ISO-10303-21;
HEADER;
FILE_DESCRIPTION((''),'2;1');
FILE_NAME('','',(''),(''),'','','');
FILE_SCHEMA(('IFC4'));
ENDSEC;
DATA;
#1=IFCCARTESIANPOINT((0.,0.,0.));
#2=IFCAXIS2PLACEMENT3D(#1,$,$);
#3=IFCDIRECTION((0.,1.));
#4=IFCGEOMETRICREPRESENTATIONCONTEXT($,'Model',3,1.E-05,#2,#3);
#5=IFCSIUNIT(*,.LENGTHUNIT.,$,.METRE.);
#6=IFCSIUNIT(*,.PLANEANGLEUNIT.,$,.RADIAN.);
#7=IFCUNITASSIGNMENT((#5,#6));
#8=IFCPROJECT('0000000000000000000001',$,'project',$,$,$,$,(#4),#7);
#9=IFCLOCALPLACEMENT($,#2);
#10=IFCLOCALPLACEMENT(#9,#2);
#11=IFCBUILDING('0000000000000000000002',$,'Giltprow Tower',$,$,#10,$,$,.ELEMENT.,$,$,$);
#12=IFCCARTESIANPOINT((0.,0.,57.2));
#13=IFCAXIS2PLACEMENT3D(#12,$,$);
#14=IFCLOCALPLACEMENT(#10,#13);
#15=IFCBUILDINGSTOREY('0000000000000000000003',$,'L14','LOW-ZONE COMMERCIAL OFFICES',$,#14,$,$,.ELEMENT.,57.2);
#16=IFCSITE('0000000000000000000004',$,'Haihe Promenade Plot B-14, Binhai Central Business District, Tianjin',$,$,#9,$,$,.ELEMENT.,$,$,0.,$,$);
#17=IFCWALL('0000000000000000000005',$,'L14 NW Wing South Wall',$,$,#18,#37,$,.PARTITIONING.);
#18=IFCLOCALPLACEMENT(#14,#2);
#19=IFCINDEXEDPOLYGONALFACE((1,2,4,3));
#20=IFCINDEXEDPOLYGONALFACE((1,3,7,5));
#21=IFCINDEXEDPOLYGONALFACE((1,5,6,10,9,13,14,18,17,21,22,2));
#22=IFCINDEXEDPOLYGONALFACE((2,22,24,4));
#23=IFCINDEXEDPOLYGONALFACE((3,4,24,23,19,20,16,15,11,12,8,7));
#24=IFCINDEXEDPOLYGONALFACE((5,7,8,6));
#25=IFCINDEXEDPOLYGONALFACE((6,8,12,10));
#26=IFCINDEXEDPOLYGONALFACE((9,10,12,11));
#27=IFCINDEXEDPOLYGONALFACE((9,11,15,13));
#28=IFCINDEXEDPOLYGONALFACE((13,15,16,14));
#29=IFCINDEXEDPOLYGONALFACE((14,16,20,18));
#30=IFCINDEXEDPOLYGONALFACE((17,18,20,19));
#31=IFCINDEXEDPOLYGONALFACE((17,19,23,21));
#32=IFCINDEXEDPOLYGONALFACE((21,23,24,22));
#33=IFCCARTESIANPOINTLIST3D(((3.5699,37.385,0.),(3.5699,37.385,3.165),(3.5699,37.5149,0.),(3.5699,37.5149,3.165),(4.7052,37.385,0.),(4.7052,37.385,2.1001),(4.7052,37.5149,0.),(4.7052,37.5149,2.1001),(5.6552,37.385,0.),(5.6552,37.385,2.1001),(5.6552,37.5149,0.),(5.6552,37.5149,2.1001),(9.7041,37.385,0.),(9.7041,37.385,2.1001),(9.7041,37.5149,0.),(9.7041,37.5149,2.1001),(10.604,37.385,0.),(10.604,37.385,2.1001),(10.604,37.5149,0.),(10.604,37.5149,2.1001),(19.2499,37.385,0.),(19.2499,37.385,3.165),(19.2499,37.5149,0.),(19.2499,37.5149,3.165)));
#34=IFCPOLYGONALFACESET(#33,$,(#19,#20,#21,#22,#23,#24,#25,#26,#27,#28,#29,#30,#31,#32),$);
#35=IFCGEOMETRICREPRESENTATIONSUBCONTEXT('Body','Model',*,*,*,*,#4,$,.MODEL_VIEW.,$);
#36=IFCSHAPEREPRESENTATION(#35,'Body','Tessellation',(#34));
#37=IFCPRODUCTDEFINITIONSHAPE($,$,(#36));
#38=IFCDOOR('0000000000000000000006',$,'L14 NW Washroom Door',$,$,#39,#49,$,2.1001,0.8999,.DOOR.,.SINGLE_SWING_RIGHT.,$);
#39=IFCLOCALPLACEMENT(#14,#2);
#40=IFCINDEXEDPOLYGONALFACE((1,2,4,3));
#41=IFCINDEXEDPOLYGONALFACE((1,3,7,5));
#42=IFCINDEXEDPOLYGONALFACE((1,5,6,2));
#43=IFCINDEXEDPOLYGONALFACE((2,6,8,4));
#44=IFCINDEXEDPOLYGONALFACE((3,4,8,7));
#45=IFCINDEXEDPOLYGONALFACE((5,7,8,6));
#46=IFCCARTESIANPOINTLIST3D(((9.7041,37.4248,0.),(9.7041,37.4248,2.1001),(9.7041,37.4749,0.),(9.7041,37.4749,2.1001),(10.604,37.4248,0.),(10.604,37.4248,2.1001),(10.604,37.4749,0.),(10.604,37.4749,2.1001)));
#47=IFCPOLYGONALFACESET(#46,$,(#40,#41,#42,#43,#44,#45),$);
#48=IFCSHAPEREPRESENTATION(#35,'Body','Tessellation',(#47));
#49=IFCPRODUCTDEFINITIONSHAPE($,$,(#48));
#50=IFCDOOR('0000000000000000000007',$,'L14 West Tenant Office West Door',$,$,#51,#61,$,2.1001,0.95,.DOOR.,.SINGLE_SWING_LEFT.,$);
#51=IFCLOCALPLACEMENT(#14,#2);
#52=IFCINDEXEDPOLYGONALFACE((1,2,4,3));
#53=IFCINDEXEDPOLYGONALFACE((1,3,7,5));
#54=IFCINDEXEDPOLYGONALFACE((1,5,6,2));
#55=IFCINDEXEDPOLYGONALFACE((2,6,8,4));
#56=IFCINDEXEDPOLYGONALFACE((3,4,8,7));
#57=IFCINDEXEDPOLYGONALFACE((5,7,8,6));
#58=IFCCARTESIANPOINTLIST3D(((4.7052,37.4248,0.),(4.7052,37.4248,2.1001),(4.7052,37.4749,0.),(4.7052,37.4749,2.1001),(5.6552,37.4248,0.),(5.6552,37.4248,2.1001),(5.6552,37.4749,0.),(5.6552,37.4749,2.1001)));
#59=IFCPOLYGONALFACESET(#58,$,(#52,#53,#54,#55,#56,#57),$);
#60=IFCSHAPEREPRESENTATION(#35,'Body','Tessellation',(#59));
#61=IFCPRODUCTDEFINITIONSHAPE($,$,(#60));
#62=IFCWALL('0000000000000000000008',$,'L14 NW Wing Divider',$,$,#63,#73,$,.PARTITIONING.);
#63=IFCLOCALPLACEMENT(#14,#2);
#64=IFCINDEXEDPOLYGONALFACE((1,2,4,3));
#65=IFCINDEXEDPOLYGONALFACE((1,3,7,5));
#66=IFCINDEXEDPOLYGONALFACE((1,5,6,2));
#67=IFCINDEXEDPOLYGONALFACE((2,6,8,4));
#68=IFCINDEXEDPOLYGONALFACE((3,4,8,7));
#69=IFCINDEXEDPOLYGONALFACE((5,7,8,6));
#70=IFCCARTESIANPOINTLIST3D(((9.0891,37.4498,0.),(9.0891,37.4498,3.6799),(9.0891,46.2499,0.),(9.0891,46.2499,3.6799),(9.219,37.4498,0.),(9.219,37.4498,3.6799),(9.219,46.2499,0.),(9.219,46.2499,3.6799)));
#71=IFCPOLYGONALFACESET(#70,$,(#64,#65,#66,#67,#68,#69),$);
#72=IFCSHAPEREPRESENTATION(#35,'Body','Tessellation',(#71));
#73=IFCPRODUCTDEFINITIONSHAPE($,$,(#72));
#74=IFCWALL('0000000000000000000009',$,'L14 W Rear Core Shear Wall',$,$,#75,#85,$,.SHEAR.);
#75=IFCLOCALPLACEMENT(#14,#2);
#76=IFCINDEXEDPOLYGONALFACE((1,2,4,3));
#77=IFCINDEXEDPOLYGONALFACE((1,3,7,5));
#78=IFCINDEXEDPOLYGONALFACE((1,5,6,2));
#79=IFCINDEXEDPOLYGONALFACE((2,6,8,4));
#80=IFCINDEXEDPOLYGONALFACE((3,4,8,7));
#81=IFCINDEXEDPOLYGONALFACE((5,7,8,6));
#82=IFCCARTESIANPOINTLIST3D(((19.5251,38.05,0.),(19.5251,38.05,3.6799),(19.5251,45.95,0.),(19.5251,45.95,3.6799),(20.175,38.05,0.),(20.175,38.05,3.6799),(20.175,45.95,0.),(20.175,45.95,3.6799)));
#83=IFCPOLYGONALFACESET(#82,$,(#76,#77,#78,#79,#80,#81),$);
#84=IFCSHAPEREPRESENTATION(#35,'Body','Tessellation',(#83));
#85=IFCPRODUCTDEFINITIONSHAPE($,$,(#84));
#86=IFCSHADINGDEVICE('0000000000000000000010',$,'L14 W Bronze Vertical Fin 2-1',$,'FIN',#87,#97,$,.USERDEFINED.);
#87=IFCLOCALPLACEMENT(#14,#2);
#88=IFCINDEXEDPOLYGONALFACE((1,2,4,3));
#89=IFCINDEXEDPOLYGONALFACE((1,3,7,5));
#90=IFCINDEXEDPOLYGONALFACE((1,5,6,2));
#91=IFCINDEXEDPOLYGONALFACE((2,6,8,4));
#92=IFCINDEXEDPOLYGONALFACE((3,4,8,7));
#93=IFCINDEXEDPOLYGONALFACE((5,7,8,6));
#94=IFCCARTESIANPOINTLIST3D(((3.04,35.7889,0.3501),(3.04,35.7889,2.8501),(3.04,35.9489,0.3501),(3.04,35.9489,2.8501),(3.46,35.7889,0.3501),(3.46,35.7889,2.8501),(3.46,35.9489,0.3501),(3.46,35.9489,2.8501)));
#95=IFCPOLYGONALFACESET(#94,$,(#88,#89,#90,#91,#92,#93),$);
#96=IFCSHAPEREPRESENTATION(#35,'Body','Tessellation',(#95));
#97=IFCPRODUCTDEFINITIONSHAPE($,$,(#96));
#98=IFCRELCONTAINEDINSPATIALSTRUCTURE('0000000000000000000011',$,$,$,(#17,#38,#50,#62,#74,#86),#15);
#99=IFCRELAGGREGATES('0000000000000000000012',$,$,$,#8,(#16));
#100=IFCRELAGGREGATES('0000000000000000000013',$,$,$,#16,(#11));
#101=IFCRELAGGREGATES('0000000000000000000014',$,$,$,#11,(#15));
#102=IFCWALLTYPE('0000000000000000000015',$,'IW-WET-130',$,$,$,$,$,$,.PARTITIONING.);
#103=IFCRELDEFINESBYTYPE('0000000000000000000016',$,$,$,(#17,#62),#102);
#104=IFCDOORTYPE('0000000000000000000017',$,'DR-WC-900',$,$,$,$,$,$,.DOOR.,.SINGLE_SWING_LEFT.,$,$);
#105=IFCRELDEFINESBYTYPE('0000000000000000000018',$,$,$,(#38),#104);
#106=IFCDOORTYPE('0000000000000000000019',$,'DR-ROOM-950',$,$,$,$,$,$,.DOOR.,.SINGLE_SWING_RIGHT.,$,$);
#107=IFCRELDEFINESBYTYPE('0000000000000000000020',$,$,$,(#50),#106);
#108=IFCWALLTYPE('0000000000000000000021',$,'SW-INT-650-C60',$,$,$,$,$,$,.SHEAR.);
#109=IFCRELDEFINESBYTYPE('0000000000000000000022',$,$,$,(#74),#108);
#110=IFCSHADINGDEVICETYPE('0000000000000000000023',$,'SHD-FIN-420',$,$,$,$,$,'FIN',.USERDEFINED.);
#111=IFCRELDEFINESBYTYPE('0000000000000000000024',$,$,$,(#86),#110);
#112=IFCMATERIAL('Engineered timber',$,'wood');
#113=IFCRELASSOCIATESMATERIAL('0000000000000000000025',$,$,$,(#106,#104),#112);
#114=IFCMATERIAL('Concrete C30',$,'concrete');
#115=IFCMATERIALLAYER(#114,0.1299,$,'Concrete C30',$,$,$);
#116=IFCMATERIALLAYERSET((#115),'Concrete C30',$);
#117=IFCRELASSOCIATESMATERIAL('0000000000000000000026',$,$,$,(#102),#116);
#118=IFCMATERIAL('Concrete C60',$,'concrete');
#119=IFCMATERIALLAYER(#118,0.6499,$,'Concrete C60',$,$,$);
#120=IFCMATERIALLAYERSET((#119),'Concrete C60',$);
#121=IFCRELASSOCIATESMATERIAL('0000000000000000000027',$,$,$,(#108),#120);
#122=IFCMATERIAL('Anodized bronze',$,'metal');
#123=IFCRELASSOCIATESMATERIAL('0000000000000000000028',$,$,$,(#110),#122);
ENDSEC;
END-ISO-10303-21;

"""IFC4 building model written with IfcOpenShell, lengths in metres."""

from ifc_helpers import new_model, si_unit, direction, frame, frame_2d, origin, origin_2d, place, context, subcontext, project, spatial, rectangle, extrude, source, transform, mapped, material, layer, layer_set, type_object, element, fill, save


model = new_model("IFC4")

# Units and contexts
model_context = context("Model", 3, precision=1e-05, world=origin(), true_north=direction((0.0, 1.0)))
body_context = subcontext(model_context, "Body", "Model", "MODEL_VIEW")
ifc_project = project(units=[si_unit("LENGTHUNIT", "METRE"), si_unit("PLANEANGLEUNIT", "RADIAN")], contexts=[model_context])

# Site, building, storey
site_placement = place(None, origin())
site = spatial("IfcSite", under=ifc_project, at=site_placement, Name="Haihe Promenade Plot B-14, Binhai Central Business District, Tianjin", CompositionType="ELEMENT", RefElevation=0.0)
building_placement = place(site_placement, origin())
building = spatial("IfcBuilding", under=site, at=building_placement, Name="Giltprow Tower", CompositionType="ELEMENT")
storey_placement = place(building_placement, frame((0.0, 0.0, 57.2)))
storey = spatial("IfcBuildingStorey", under=building, at=storey_placement, Name="L14", Description="LOW-ZONE COMMERCIAL OFFICES", CompositionType="ELEMENT", Elevation=57.2)

# Shared definitions
ifc_material_1 = material(Name="Concrete C60", Category="concrete")

# Shared definitions
ifc_material_2 = material(Name="Engineered timber", Category="wood")

# Shared definitions
door_type_1 = type_object("IfcDoorType", Name="DR-ROOM-950", OperationType="SINGLE_SWING_RIGHT", PredefinedType="DOOR", material=ifc_material_2)
shared_shape_1 = source(origin(), body_context, "Body", "SweptSolid", [
    extrude(rectangle(XDim=0.95, YDim=2.1001, at=frame_2d((0.4751, 1.05))), frame((0.0, 0.0249, 0.0), z_axis=(0.0, -1.0, 0.0), x_axis=(1.0, 0.0, 0.0)), (0.0, 0.0, 1.0), 0.05),
])

# Wall, openings, doors
ifc_material_3 = material(Name="Concrete C30", Category="concrete")
ifc_layer_1 = layer(ifc_material_3, 0.1299, Name="Concrete C30")
ifc_layer_set_1 = layer_set([ifc_layer_1], Name="Concrete C30")
wall_type_1 = type_object("IfcWallType", Name="IW-WET-130", PredefinedType="PARTITIONING", material=ifc_layer_set_1)
wall_1_placement = place(storey_placement, frame((3.5701, 37.45, 0.0), z_axis=(0.0, 0.0, 1.0), x_axis=(1.0, 0.0, 0.0)))
wall_1 = element("IfcWall", 1, at=wall_1_placement, inside=storey, type_object=wall_type_1, Name="L14 NW Wing South Wall", PredefinedType="PARTITIONING", context=body_context, shape_type="SweptSolid", body=[
    extrude(rectangle(XDim=15.6799, YDim=0.1299, at=frame_2d((7.8398, 0.0))), origin(), (0.0, 0.0, 1.0), 3.165),
])
opening_1_placement = place(wall_1_placement, frame((1.135, 0.0, 0.0)))
opening_1 = element("IfcOpeningElement", 2, at=opening_1_placement, cuts=wall_1, PredefinedType="OPENING", context=body_context, shape_type="SweptSolid", body=[
    extrude(rectangle(XDim=0.95, YDim=2.1001, at=frame_2d((0.4751, 1.05))), frame((0.0, 0.075, 0.0), z_axis=(0.0, -1.0, 0.0), x_axis=(1.0, 0.0, 0.0)), (0.0, 0.0, 1.0), 0.1499),
])
opening_2_placement = place(wall_1_placement, frame((6.134, 0.0, 0.0)))
opening_2 = element("IfcOpeningElement", 3, at=opening_2_placement, cuts=wall_1, PredefinedType="OPENING", context=body_context, shape_type="SweptSolid", body=[
    extrude(rectangle(XDim=0.8999, YDim=2.1001, at=frame_2d((0.45, 1.05))), frame((0.0, 0.075, 0.0), z_axis=(0.0, -1.0, 0.0), x_axis=(1.0, 0.0, 0.0)), (0.0, 0.0, 1.0), 0.1499),
])
door_type_2 = type_object("IfcDoorType", Name="DR-WC-900", OperationType="SINGLE_SWING_LEFT", PredefinedType="DOOR", material=ifc_material_2)
shared_shape_2 = source(origin(), body_context, "Body", "SweptSolid", [
    extrude(rectangle(XDim=0.8999, YDim=2.1001, at=frame_2d((0.45, 1.05))), frame((0.0, 0.0249, 0.0), z_axis=(0.0, -1.0, 0.0), x_axis=(1.0, 0.0, 0.0)), (0.0, 0.0, 1.0), 0.05),
])
door_1_placement = place(opening_2_placement, origin())
door_1 = element("IfcDoor", 4, at=door_1_placement, inside=storey, type_object=door_type_2, Name="L14 NW Washroom Door", OperationType="SINGLE_SWING_RIGHT", OverallHeight=2.1001, OverallWidth=0.8999, PredefinedType="DOOR", context=body_context, shape_type="MappedRepresentation", body=[
    mapped(shared_shape_2, transform((0.0, 0.0, 0.0), x_axis=(1.0, 0.0, 0.0), y_axis=(0.0, 1.0, 0.0), z_axis=(0.0, 0.0, 1.0), scale=1.0)),
])
fill(opening_2, door_1)
door_2_placement = place(opening_1_placement, origin())
door_2 = element("IfcDoor", 5, at=door_2_placement, inside=storey, type_object=door_type_1, Name="L14 West Tenant Office West Door", OperationType="SINGLE_SWING_LEFT", OverallHeight=2.1001, OverallWidth=0.95, PredefinedType="DOOR", context=body_context, shape_type="MappedRepresentation", body=[
    mapped(shared_shape_1, transform((0.0, 0.0, 0.0), x_axis=(1.0, 0.0, 0.0), y_axis=(0.0, 1.0, 0.0), z_axis=(0.0, 0.0, 1.0), scale=1.0)),
])
fill(opening_1, door_2)

# Walls
wall_2_placement = place(storey_placement, frame((9.1541, 37.45, 0.0), z_axis=(0.0, 0.0, 1.0), x_axis=(0.0, 1.0, 0.0)))
element("IfcWall", 6, at=wall_2_placement, inside=storey, type_object=wall_type_1, Name="L14 NW Wing Divider", PredefinedType="PARTITIONING", context=body_context, shape_type="SweptSolid", body=[
    extrude(rectangle(XDim=8.8, YDim=0.1299, at=frame_2d((4.3999, 0.0))), origin(), (0.0, 0.0, 1.0), 3.6799),
])
ifc_layer_2 = layer(ifc_material_1, 0.6499, Name="Concrete C60")
ifc_layer_set_2 = layer_set([ifc_layer_2], Name="Concrete C60")
wall_type_2 = type_object("IfcWallType", Name="SW-INT-650-C60", PredefinedType="SHEAR", material=ifc_layer_set_2)
wall_3_placement = place(storey_placement, frame((19.8501, 38.05, 0.0), z_axis=(0.0, 0.0, 1.0), x_axis=(0.0, 1.0, 0.0)))
element("IfcWall", 7, at=wall_3_placement, inside=storey, type_object=wall_type_2, Name="L14 W Rear Core Shear Wall", PredefinedType="SHEAR", context=body_context, shape_type="SweptSolid", body=[
    extrude(rectangle(XDim=7.8999, YDim=0.6499, at=frame_2d((3.95, 0.0))), origin(), (0.0, 0.0, 1.0), 3.6799),
])

# Shading device
ifc_material_4 = material(Name="Anodized bronze", Category="metal")
shading_device_type = type_object("IfcShadingDeviceType", Name="SHD-FIN-420", ElementType="FIN", PredefinedType="USERDEFINED", material=ifc_material_4)
shared_shape_3 = source(origin(), body_context, "Body", "SweptSolid", [
    extrude(rectangle(XDim=0.4199, YDim=0.1599, at=origin_2d()), origin(), (0.0, 0.0, 1.0), 2.5),
])
shading_device_placement = place(storey_placement, frame((3.25, 35.8689, 0.3501), z_axis=(0.0, 0.0, 1.0), x_axis=(1.0, 0.0, 0.0)))
element("IfcShadingDevice", 8, at=shading_device_placement, inside=storey, type_object=shading_device_type, Name="L14 W Bronze Vertical Fin 2-1", ObjectType="FIN", PredefinedType="USERDEFINED", context=body_context, shape_type="MappedRepresentation", body=[
    mapped(shared_shape_3, transform((0.0, 0.0, 0.0), x_axis=(1.0, 0.0, 0.0), y_axis=(0.0, 1.0, 0.0), z_axis=(0.0, 0.0, 1.0), scale=1.0)),
])

save(model, "model.ifc")
